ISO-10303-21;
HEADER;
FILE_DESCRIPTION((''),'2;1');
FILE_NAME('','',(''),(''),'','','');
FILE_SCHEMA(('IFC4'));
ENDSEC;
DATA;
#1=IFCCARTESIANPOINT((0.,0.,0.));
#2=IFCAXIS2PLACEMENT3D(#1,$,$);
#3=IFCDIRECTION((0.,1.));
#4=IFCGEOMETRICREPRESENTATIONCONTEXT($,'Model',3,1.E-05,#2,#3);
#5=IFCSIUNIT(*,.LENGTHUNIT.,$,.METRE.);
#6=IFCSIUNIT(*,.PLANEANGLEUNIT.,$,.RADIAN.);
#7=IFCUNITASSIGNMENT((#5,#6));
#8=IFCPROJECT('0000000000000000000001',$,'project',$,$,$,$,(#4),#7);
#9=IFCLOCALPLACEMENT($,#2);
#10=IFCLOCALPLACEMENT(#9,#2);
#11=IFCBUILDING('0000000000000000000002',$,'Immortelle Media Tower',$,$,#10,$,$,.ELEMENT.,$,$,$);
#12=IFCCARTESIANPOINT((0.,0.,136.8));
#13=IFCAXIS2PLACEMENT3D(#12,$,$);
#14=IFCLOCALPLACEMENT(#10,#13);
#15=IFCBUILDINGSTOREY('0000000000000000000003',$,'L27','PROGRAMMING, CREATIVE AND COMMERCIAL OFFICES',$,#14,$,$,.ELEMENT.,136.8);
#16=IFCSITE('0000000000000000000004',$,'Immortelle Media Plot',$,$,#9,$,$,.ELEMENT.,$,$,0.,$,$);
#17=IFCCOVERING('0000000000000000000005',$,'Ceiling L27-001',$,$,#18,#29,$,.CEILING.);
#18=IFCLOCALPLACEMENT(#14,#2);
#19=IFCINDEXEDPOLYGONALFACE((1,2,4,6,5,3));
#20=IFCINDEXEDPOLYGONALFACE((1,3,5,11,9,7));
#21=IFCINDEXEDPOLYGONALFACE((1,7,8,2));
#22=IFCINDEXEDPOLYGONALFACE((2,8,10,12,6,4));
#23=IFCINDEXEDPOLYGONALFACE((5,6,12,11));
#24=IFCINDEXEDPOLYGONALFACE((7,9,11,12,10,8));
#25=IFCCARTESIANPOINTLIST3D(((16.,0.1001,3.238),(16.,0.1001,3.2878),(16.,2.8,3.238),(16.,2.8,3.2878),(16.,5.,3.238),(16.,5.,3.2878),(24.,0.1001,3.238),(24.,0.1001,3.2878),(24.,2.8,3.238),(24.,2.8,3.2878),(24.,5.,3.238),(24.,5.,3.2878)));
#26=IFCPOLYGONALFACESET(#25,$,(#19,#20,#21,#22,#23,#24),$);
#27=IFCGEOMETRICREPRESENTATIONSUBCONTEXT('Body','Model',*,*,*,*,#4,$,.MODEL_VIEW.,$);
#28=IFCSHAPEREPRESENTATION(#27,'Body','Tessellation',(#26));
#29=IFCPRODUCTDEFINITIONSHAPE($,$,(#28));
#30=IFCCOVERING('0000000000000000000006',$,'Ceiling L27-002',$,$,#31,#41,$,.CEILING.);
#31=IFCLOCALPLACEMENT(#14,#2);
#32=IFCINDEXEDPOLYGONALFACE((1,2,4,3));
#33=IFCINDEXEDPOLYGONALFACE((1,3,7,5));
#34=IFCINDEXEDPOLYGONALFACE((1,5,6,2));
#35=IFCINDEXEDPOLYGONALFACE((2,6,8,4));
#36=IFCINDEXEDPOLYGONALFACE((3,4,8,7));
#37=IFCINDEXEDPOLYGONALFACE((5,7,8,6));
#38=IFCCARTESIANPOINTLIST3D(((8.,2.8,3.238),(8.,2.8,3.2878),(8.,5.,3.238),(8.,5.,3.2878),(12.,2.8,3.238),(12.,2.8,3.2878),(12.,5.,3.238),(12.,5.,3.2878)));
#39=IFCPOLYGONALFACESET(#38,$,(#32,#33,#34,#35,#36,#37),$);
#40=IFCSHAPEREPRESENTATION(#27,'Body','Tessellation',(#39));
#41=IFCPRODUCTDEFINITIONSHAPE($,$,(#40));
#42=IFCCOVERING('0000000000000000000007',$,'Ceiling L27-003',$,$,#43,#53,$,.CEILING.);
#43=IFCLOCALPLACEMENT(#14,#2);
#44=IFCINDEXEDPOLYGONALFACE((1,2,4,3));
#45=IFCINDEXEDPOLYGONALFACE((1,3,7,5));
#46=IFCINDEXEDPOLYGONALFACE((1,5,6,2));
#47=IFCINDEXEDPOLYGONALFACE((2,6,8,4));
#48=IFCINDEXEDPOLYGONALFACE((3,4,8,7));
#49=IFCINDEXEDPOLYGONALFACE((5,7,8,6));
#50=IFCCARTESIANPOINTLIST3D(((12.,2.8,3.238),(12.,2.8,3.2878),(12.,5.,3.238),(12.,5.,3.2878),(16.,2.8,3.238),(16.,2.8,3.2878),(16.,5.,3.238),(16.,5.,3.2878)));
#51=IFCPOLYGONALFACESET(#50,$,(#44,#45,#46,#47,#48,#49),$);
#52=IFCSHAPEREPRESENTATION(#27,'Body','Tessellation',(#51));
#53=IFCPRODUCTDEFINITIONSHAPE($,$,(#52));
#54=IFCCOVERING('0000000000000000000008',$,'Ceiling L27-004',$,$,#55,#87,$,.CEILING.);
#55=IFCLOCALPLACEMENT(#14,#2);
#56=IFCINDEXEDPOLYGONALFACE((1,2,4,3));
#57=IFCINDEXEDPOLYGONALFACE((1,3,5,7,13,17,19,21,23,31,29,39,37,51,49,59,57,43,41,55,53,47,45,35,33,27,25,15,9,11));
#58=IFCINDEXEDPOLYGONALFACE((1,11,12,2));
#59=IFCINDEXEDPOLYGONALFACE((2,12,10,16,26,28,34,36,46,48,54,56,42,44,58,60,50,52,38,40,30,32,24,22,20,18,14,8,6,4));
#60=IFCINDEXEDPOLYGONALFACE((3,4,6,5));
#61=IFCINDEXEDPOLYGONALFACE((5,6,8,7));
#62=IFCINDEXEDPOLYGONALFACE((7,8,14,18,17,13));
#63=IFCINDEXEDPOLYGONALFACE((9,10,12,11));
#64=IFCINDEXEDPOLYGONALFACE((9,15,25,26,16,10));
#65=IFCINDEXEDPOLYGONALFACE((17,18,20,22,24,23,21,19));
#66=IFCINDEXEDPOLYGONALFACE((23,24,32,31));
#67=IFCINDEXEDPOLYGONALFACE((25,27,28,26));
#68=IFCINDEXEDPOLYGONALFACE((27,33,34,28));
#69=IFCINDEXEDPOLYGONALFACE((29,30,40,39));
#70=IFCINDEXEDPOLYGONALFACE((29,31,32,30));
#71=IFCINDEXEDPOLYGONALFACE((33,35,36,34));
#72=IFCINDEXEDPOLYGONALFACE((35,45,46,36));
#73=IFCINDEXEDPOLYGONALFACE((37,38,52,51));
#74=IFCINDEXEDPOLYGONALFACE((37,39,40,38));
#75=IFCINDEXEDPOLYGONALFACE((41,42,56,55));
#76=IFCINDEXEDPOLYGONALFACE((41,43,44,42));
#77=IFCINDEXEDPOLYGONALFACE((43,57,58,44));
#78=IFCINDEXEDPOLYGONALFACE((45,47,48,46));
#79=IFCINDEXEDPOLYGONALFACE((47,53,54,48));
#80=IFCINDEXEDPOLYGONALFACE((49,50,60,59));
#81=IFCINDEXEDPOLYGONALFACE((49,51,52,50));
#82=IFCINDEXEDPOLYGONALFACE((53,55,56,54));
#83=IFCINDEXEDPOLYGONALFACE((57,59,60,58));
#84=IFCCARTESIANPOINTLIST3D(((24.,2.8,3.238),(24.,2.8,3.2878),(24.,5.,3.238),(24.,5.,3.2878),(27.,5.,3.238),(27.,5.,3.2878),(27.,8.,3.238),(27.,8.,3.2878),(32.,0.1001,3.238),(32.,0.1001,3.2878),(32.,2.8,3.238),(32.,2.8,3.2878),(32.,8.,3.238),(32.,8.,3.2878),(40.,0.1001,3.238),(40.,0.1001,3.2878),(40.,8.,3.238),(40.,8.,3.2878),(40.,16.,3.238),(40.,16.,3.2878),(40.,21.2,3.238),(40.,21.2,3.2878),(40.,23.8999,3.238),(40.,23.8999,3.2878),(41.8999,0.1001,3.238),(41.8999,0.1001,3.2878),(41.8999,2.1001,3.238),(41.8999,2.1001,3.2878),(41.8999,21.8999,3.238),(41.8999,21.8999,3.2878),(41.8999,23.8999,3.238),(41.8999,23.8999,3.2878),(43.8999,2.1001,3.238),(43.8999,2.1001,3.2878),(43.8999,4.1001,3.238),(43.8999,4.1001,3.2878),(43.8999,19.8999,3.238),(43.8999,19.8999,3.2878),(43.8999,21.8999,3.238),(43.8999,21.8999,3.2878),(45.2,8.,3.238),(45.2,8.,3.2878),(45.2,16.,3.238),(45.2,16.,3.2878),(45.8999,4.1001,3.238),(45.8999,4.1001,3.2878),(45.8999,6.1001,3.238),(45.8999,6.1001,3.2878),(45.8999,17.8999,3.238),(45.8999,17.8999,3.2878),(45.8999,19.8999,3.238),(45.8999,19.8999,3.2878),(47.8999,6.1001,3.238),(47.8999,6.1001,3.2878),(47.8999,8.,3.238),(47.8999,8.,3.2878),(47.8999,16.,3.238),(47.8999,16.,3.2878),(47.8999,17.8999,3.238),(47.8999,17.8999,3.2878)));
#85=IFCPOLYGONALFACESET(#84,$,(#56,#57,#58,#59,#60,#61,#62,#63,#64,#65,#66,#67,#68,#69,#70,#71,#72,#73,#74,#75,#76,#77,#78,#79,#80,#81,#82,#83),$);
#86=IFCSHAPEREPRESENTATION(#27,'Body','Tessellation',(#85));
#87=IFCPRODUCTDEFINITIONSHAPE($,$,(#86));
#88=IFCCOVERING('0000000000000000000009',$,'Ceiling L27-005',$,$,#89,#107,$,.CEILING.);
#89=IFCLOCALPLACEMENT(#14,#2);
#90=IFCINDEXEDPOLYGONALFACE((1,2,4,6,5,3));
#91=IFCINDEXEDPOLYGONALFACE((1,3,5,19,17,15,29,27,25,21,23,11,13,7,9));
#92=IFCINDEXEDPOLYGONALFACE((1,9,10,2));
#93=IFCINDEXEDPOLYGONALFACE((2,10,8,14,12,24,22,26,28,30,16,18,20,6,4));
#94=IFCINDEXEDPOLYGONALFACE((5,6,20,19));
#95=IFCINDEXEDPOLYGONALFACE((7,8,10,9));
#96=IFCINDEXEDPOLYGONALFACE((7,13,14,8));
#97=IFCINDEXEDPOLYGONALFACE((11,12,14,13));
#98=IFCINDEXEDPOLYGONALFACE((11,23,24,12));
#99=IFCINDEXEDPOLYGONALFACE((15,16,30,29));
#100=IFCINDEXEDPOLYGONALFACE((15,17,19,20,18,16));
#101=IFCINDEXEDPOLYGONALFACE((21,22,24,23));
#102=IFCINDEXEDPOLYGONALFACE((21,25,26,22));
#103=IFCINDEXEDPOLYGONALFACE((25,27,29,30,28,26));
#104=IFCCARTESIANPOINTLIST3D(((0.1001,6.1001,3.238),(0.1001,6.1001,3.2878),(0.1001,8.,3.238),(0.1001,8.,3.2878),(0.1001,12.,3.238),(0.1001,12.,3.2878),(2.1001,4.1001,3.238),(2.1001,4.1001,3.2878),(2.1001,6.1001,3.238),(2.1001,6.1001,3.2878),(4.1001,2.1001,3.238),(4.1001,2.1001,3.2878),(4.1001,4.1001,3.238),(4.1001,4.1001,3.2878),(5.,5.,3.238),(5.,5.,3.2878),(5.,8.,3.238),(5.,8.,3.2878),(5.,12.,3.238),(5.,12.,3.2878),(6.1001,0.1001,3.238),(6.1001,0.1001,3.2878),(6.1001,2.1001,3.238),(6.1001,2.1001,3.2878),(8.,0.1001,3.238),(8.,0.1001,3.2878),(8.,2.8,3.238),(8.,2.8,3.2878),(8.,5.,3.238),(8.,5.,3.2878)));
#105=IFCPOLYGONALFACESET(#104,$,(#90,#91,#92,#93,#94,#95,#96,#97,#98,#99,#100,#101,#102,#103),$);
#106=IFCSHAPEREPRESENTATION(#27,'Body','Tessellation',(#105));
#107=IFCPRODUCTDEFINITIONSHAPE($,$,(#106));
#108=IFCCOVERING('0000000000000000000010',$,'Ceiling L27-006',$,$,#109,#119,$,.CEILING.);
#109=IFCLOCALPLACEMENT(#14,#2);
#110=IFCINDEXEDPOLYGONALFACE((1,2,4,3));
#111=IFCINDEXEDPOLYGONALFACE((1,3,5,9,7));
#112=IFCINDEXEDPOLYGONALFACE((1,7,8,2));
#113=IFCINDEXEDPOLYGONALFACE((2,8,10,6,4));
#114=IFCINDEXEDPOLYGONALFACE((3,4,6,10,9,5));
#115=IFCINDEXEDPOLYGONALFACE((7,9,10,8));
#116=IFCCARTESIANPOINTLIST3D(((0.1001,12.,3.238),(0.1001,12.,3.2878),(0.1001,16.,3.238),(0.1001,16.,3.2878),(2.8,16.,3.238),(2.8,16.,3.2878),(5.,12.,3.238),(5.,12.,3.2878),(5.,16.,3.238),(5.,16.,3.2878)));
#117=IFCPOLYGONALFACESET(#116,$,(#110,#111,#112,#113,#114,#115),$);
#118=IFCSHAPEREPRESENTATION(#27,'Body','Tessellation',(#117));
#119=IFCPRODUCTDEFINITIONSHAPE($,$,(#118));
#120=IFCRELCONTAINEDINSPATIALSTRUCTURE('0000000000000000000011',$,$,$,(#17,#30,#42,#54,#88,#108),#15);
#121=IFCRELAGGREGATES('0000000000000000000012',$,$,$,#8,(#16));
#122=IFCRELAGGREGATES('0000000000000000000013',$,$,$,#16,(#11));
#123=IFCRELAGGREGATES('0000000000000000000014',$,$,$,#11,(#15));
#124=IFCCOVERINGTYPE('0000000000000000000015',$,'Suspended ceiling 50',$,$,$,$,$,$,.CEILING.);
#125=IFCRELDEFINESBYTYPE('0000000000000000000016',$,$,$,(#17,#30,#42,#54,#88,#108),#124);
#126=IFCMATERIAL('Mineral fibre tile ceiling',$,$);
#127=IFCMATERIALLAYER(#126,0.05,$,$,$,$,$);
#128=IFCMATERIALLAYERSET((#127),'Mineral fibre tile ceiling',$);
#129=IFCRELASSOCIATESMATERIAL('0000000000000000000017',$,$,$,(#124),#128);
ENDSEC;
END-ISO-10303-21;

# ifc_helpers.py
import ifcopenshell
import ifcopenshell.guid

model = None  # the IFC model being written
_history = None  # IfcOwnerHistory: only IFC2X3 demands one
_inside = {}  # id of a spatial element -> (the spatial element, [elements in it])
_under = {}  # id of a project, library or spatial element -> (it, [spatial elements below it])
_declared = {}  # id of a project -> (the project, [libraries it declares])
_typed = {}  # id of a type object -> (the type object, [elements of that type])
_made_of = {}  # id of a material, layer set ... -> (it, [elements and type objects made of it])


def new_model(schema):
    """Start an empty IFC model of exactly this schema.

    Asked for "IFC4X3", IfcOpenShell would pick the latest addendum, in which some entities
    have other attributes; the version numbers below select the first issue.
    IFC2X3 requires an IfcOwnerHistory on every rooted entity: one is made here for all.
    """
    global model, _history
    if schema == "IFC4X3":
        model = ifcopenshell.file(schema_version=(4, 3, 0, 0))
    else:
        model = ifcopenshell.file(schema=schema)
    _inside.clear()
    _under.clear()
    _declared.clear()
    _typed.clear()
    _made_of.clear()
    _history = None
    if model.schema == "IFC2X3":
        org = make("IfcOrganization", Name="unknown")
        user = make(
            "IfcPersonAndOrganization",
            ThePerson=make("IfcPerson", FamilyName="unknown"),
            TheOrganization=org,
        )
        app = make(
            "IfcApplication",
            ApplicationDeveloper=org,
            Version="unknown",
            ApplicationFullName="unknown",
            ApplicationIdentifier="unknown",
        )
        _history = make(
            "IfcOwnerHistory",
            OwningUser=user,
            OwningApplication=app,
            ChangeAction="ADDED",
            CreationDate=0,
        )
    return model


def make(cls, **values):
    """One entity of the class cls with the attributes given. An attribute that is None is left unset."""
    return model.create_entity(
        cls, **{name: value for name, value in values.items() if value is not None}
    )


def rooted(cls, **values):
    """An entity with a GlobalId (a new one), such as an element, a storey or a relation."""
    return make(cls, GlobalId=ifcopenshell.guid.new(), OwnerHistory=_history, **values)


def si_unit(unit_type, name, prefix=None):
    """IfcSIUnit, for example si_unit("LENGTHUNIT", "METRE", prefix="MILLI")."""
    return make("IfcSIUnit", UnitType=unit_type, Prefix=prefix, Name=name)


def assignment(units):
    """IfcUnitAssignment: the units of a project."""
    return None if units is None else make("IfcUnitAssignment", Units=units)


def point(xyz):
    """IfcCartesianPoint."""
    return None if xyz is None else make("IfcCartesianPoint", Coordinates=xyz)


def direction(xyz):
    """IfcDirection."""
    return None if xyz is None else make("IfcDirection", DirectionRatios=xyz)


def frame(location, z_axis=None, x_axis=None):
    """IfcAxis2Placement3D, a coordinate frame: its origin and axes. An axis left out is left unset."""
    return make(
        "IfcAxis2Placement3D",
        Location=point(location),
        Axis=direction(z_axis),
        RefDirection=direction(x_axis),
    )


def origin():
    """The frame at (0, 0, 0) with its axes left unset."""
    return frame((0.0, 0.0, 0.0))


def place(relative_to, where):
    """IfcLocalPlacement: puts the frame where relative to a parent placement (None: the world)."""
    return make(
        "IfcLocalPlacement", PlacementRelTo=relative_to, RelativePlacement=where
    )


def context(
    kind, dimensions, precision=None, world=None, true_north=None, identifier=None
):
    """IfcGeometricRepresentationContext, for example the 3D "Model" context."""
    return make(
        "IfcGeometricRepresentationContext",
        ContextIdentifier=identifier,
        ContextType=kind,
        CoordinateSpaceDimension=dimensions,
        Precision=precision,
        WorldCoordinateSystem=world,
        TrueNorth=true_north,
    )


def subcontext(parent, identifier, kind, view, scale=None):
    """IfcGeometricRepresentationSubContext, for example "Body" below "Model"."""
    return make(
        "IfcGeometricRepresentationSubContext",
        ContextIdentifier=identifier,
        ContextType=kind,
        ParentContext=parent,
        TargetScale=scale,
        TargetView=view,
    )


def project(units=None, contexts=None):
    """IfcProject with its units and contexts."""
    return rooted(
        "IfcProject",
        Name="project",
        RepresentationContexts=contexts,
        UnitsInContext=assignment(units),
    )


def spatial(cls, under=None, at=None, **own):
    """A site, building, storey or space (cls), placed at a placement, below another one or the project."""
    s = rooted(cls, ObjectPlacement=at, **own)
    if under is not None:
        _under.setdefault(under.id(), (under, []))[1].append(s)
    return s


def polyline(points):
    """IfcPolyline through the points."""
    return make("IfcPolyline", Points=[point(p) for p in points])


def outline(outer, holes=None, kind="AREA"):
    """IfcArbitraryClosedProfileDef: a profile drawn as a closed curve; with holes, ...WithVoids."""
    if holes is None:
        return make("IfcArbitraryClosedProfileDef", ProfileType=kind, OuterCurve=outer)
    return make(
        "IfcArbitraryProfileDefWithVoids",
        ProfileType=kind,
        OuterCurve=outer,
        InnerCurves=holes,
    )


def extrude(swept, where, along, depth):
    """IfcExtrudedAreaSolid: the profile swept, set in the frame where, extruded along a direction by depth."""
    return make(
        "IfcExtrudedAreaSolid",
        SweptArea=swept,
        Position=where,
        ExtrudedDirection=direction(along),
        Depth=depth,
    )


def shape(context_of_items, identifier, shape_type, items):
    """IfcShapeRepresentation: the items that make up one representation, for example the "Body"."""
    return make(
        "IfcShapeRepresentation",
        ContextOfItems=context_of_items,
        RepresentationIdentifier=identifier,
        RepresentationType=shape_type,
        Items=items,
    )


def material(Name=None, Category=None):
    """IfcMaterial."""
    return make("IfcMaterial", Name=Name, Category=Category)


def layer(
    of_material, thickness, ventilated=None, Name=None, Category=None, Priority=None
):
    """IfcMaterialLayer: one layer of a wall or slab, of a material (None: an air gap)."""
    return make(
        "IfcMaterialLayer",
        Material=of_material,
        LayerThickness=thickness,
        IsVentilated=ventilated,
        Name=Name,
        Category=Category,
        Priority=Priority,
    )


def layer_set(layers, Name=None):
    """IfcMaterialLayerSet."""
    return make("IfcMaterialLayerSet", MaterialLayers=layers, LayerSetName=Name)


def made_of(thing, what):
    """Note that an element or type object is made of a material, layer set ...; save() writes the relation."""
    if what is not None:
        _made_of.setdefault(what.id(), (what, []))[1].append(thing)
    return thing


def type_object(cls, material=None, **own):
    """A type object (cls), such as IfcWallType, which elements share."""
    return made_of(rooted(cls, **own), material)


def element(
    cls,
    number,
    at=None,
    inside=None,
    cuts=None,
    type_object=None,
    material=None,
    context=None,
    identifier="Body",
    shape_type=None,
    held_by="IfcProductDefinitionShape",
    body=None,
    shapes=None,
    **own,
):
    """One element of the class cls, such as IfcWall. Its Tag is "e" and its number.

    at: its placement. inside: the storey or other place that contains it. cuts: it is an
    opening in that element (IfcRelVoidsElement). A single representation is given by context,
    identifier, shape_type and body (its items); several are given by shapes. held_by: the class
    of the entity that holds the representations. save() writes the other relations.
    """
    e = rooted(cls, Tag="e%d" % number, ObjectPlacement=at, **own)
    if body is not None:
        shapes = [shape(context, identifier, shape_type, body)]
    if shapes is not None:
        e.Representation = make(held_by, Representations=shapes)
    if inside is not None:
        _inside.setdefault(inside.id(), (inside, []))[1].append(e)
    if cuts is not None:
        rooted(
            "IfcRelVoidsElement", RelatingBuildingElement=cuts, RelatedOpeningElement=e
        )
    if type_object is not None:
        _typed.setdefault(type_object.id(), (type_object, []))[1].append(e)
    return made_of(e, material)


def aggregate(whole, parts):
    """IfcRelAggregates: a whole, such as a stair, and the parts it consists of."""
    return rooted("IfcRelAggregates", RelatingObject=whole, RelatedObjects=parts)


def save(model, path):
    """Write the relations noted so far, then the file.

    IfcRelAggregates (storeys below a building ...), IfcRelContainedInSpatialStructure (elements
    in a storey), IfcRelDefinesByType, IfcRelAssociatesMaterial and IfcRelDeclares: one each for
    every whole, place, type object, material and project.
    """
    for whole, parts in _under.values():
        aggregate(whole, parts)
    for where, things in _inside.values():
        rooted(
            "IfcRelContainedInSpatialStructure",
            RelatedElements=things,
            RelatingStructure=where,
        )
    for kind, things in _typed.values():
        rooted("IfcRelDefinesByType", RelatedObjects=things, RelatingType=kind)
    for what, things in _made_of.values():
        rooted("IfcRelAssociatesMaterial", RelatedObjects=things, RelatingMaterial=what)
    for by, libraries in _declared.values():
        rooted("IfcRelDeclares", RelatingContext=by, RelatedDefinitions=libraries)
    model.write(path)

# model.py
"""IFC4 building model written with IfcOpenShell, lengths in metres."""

from ifc_helpers import new_model, si_unit, direction, frame, origin, place, context, subcontext, project, spatial, polyline, outline, extrude, material, layer, layer_set, type_object, element, save


model = new_model("IFC4")

# Units and contexts
model_context = context("Model", 3, precision=1e-05, world=origin(), true_north=direction((0.0, 1.0)))
body_context = subcontext(model_context, "Body", "Model", "MODEL_VIEW")
ifc_project = project(units=[si_unit("LENGTHUNIT", "METRE"), si_unit("PLANEANGLEUNIT", "RADIAN")], contexts=[model_context])

# Site, building, storey
site_placement = place(None, origin())
site = spatial("IfcSite", under=ifc_project, at=site_placement, Name="Immortelle Media Plot", CompositionType="ELEMENT", RefElevation=0.0)
building_placement = place(site_placement, origin())
building = spatial("IfcBuilding", under=site, at=building_placement, Name="Immortelle Media Tower", CompositionType="ELEMENT")
storey_placement = place(building_placement, frame((0.0, 0.0, 136.8)))
storey = spatial("IfcBuildingStorey", under=building, at=storey_placement, Name="L27", Description="PROGRAMMING, CREATIVE AND COMMERCIAL OFFICES", CompositionType="ELEMENT", Elevation=136.8)

# Coverings
ifc_material_1 = material(Name="Mineral fibre tile ceiling")
ifc_layer_1 = layer(ifc_material_1, 0.05)
ifc_layer_set_1 = layer_set([ifc_layer_1], Name="Mineral fibre tile ceiling")
covering_type = type_object("IfcCoveringType", Name="Suspended ceiling 50", PredefinedType="CEILING", material=ifc_layer_set_1)
covering_1_placement = place(storey_placement, frame((0.0, 0.0, 3.238)))
element("IfcCovering", 1, at=covering_1_placement, inside=storey, type_object=covering_type, Name="Ceiling L27-001", PredefinedType="CEILING", context=body_context, shape_type="SweptSolid", body=[
    extrude(outline(polyline([(16.0, 0.1001), (16.0, 2.8), (16.0, 5.0), (24.0, 5.0), (24.0, 2.8), (24.0, 0.1001), (16.0, 0.1001)])), origin(), (0.0, 0.0, 1.0), 0.0498),
])
covering_2_placement = place(storey_placement, frame((0.0, 0.0, 3.238)))
element("IfcCovering", 2, at=covering_2_placement, inside=storey, type_object=covering_type, Name="Ceiling L27-002", PredefinedType="CEILING", context=body_context, shape_type="SweptSolid", body=[
    extrude(outline(polyline([(8.0, 5.0), (12.0, 5.0), (12.0, 2.8), (8.0, 2.8), (8.0, 5.0)])), origin(), (0.0, 0.0, 1.0), 0.0498),
])
covering_3_placement = place(storey_placement, frame((0.0, 0.0, 3.238)))
element("IfcCovering", 3, at=covering_3_placement, inside=storey, type_object=covering_type, Name="Ceiling L27-003", PredefinedType="CEILING", context=body_context, shape_type="SweptSolid", body=[
    extrude(outline(polyline([(16.0, 5.0), (16.0, 2.8), (12.0, 2.8), (12.0, 5.0), (16.0, 5.0)])), origin(), (0.0, 0.0, 1.0), 0.0498),
])
covering_4_placement = place(storey_placement, frame((0.0, 0.0, 3.238)))
element("IfcCovering", 4, at=covering_4_placement, inside=storey, type_object=covering_type, Name="Ceiling L27-004", PredefinedType="CEILING", context=body_context, shape_type="SweptSolid", body=[
    extrude(outline(polyline([(27.0, 5.0), (27.0, 8.0), (32.0, 8.0), (40.0, 8.0), (40.0, 16.0), (40.0, 21.2), (40.0, 23.8999), (41.8999, 23.8999), (41.8999, 21.8999), (43.8999, 21.8999), (43.8999, 19.8999), (45.8999, 19.8999), (45.8999, 17.8999), (47.8999, 17.8999), (47.8999, 16.0), (45.2, 16.0), (45.2, 8.0), (47.8999, 8.0), (47.8999, 6.1001), (45.8999, 6.1001), (45.8999, 4.1001), (43.8999, 4.1001), (43.8999, 2.1001), (41.8999, 2.1001), (41.8999, 0.1001), (40.0, 0.1001), (32.0, 0.1001), (32.0, 2.8), (24.0, 2.8), (24.0, 5.0), (27.0, 5.0)])), origin(), (0.0, 0.0, 1.0), 0.0498),
])
covering_5_placement = place(storey_placement, frame((0.0, 0.0, 3.238)))
element("IfcCovering", 5, at=covering_5_placement, inside=storey, type_object=covering_type, Name="Ceiling L27-005", PredefinedType="CEILING", context=body_context, shape_type="SweptSolid", body=[
    extrude(outline(polyline([(4.1001, 2.1001), (4.1001, 4.1001), (2.1001, 4.1001), (2.1001, 6.1001), (0.1001, 6.1001), (0.1001, 8.0), (0.1001, 12.0), (5.0, 12.0), (5.0, 8.0), (5.0, 5.0), (8.0, 5.0), (8.0, 2.8), (8.0, 0.1001), (6.1001, 0.1001), (6.1001, 2.1001), (4.1001, 2.1001)])), origin(), (0.0, 0.0, 1.0), 0.0498),
])
covering_6_placement = place(storey_placement, frame((0.0, 0.0, 3.238)))
element("IfcCovering", 6, at=covering_6_placement, inside=storey, type_object=covering_type, Name="Ceiling L27-006", PredefinedType="CEILING", context=body_context, shape_type="SweptSolid", body=[
    extrude(outline(polyline([(0.1001, 16.0), (2.8, 16.0), (5.0, 16.0), (5.0, 12.0), (0.1001, 12.0), (0.1001, 16.0)])), origin(), (0.0, 0.0, 1.0), 0.0498),
])

save(model, "model.ifc")
